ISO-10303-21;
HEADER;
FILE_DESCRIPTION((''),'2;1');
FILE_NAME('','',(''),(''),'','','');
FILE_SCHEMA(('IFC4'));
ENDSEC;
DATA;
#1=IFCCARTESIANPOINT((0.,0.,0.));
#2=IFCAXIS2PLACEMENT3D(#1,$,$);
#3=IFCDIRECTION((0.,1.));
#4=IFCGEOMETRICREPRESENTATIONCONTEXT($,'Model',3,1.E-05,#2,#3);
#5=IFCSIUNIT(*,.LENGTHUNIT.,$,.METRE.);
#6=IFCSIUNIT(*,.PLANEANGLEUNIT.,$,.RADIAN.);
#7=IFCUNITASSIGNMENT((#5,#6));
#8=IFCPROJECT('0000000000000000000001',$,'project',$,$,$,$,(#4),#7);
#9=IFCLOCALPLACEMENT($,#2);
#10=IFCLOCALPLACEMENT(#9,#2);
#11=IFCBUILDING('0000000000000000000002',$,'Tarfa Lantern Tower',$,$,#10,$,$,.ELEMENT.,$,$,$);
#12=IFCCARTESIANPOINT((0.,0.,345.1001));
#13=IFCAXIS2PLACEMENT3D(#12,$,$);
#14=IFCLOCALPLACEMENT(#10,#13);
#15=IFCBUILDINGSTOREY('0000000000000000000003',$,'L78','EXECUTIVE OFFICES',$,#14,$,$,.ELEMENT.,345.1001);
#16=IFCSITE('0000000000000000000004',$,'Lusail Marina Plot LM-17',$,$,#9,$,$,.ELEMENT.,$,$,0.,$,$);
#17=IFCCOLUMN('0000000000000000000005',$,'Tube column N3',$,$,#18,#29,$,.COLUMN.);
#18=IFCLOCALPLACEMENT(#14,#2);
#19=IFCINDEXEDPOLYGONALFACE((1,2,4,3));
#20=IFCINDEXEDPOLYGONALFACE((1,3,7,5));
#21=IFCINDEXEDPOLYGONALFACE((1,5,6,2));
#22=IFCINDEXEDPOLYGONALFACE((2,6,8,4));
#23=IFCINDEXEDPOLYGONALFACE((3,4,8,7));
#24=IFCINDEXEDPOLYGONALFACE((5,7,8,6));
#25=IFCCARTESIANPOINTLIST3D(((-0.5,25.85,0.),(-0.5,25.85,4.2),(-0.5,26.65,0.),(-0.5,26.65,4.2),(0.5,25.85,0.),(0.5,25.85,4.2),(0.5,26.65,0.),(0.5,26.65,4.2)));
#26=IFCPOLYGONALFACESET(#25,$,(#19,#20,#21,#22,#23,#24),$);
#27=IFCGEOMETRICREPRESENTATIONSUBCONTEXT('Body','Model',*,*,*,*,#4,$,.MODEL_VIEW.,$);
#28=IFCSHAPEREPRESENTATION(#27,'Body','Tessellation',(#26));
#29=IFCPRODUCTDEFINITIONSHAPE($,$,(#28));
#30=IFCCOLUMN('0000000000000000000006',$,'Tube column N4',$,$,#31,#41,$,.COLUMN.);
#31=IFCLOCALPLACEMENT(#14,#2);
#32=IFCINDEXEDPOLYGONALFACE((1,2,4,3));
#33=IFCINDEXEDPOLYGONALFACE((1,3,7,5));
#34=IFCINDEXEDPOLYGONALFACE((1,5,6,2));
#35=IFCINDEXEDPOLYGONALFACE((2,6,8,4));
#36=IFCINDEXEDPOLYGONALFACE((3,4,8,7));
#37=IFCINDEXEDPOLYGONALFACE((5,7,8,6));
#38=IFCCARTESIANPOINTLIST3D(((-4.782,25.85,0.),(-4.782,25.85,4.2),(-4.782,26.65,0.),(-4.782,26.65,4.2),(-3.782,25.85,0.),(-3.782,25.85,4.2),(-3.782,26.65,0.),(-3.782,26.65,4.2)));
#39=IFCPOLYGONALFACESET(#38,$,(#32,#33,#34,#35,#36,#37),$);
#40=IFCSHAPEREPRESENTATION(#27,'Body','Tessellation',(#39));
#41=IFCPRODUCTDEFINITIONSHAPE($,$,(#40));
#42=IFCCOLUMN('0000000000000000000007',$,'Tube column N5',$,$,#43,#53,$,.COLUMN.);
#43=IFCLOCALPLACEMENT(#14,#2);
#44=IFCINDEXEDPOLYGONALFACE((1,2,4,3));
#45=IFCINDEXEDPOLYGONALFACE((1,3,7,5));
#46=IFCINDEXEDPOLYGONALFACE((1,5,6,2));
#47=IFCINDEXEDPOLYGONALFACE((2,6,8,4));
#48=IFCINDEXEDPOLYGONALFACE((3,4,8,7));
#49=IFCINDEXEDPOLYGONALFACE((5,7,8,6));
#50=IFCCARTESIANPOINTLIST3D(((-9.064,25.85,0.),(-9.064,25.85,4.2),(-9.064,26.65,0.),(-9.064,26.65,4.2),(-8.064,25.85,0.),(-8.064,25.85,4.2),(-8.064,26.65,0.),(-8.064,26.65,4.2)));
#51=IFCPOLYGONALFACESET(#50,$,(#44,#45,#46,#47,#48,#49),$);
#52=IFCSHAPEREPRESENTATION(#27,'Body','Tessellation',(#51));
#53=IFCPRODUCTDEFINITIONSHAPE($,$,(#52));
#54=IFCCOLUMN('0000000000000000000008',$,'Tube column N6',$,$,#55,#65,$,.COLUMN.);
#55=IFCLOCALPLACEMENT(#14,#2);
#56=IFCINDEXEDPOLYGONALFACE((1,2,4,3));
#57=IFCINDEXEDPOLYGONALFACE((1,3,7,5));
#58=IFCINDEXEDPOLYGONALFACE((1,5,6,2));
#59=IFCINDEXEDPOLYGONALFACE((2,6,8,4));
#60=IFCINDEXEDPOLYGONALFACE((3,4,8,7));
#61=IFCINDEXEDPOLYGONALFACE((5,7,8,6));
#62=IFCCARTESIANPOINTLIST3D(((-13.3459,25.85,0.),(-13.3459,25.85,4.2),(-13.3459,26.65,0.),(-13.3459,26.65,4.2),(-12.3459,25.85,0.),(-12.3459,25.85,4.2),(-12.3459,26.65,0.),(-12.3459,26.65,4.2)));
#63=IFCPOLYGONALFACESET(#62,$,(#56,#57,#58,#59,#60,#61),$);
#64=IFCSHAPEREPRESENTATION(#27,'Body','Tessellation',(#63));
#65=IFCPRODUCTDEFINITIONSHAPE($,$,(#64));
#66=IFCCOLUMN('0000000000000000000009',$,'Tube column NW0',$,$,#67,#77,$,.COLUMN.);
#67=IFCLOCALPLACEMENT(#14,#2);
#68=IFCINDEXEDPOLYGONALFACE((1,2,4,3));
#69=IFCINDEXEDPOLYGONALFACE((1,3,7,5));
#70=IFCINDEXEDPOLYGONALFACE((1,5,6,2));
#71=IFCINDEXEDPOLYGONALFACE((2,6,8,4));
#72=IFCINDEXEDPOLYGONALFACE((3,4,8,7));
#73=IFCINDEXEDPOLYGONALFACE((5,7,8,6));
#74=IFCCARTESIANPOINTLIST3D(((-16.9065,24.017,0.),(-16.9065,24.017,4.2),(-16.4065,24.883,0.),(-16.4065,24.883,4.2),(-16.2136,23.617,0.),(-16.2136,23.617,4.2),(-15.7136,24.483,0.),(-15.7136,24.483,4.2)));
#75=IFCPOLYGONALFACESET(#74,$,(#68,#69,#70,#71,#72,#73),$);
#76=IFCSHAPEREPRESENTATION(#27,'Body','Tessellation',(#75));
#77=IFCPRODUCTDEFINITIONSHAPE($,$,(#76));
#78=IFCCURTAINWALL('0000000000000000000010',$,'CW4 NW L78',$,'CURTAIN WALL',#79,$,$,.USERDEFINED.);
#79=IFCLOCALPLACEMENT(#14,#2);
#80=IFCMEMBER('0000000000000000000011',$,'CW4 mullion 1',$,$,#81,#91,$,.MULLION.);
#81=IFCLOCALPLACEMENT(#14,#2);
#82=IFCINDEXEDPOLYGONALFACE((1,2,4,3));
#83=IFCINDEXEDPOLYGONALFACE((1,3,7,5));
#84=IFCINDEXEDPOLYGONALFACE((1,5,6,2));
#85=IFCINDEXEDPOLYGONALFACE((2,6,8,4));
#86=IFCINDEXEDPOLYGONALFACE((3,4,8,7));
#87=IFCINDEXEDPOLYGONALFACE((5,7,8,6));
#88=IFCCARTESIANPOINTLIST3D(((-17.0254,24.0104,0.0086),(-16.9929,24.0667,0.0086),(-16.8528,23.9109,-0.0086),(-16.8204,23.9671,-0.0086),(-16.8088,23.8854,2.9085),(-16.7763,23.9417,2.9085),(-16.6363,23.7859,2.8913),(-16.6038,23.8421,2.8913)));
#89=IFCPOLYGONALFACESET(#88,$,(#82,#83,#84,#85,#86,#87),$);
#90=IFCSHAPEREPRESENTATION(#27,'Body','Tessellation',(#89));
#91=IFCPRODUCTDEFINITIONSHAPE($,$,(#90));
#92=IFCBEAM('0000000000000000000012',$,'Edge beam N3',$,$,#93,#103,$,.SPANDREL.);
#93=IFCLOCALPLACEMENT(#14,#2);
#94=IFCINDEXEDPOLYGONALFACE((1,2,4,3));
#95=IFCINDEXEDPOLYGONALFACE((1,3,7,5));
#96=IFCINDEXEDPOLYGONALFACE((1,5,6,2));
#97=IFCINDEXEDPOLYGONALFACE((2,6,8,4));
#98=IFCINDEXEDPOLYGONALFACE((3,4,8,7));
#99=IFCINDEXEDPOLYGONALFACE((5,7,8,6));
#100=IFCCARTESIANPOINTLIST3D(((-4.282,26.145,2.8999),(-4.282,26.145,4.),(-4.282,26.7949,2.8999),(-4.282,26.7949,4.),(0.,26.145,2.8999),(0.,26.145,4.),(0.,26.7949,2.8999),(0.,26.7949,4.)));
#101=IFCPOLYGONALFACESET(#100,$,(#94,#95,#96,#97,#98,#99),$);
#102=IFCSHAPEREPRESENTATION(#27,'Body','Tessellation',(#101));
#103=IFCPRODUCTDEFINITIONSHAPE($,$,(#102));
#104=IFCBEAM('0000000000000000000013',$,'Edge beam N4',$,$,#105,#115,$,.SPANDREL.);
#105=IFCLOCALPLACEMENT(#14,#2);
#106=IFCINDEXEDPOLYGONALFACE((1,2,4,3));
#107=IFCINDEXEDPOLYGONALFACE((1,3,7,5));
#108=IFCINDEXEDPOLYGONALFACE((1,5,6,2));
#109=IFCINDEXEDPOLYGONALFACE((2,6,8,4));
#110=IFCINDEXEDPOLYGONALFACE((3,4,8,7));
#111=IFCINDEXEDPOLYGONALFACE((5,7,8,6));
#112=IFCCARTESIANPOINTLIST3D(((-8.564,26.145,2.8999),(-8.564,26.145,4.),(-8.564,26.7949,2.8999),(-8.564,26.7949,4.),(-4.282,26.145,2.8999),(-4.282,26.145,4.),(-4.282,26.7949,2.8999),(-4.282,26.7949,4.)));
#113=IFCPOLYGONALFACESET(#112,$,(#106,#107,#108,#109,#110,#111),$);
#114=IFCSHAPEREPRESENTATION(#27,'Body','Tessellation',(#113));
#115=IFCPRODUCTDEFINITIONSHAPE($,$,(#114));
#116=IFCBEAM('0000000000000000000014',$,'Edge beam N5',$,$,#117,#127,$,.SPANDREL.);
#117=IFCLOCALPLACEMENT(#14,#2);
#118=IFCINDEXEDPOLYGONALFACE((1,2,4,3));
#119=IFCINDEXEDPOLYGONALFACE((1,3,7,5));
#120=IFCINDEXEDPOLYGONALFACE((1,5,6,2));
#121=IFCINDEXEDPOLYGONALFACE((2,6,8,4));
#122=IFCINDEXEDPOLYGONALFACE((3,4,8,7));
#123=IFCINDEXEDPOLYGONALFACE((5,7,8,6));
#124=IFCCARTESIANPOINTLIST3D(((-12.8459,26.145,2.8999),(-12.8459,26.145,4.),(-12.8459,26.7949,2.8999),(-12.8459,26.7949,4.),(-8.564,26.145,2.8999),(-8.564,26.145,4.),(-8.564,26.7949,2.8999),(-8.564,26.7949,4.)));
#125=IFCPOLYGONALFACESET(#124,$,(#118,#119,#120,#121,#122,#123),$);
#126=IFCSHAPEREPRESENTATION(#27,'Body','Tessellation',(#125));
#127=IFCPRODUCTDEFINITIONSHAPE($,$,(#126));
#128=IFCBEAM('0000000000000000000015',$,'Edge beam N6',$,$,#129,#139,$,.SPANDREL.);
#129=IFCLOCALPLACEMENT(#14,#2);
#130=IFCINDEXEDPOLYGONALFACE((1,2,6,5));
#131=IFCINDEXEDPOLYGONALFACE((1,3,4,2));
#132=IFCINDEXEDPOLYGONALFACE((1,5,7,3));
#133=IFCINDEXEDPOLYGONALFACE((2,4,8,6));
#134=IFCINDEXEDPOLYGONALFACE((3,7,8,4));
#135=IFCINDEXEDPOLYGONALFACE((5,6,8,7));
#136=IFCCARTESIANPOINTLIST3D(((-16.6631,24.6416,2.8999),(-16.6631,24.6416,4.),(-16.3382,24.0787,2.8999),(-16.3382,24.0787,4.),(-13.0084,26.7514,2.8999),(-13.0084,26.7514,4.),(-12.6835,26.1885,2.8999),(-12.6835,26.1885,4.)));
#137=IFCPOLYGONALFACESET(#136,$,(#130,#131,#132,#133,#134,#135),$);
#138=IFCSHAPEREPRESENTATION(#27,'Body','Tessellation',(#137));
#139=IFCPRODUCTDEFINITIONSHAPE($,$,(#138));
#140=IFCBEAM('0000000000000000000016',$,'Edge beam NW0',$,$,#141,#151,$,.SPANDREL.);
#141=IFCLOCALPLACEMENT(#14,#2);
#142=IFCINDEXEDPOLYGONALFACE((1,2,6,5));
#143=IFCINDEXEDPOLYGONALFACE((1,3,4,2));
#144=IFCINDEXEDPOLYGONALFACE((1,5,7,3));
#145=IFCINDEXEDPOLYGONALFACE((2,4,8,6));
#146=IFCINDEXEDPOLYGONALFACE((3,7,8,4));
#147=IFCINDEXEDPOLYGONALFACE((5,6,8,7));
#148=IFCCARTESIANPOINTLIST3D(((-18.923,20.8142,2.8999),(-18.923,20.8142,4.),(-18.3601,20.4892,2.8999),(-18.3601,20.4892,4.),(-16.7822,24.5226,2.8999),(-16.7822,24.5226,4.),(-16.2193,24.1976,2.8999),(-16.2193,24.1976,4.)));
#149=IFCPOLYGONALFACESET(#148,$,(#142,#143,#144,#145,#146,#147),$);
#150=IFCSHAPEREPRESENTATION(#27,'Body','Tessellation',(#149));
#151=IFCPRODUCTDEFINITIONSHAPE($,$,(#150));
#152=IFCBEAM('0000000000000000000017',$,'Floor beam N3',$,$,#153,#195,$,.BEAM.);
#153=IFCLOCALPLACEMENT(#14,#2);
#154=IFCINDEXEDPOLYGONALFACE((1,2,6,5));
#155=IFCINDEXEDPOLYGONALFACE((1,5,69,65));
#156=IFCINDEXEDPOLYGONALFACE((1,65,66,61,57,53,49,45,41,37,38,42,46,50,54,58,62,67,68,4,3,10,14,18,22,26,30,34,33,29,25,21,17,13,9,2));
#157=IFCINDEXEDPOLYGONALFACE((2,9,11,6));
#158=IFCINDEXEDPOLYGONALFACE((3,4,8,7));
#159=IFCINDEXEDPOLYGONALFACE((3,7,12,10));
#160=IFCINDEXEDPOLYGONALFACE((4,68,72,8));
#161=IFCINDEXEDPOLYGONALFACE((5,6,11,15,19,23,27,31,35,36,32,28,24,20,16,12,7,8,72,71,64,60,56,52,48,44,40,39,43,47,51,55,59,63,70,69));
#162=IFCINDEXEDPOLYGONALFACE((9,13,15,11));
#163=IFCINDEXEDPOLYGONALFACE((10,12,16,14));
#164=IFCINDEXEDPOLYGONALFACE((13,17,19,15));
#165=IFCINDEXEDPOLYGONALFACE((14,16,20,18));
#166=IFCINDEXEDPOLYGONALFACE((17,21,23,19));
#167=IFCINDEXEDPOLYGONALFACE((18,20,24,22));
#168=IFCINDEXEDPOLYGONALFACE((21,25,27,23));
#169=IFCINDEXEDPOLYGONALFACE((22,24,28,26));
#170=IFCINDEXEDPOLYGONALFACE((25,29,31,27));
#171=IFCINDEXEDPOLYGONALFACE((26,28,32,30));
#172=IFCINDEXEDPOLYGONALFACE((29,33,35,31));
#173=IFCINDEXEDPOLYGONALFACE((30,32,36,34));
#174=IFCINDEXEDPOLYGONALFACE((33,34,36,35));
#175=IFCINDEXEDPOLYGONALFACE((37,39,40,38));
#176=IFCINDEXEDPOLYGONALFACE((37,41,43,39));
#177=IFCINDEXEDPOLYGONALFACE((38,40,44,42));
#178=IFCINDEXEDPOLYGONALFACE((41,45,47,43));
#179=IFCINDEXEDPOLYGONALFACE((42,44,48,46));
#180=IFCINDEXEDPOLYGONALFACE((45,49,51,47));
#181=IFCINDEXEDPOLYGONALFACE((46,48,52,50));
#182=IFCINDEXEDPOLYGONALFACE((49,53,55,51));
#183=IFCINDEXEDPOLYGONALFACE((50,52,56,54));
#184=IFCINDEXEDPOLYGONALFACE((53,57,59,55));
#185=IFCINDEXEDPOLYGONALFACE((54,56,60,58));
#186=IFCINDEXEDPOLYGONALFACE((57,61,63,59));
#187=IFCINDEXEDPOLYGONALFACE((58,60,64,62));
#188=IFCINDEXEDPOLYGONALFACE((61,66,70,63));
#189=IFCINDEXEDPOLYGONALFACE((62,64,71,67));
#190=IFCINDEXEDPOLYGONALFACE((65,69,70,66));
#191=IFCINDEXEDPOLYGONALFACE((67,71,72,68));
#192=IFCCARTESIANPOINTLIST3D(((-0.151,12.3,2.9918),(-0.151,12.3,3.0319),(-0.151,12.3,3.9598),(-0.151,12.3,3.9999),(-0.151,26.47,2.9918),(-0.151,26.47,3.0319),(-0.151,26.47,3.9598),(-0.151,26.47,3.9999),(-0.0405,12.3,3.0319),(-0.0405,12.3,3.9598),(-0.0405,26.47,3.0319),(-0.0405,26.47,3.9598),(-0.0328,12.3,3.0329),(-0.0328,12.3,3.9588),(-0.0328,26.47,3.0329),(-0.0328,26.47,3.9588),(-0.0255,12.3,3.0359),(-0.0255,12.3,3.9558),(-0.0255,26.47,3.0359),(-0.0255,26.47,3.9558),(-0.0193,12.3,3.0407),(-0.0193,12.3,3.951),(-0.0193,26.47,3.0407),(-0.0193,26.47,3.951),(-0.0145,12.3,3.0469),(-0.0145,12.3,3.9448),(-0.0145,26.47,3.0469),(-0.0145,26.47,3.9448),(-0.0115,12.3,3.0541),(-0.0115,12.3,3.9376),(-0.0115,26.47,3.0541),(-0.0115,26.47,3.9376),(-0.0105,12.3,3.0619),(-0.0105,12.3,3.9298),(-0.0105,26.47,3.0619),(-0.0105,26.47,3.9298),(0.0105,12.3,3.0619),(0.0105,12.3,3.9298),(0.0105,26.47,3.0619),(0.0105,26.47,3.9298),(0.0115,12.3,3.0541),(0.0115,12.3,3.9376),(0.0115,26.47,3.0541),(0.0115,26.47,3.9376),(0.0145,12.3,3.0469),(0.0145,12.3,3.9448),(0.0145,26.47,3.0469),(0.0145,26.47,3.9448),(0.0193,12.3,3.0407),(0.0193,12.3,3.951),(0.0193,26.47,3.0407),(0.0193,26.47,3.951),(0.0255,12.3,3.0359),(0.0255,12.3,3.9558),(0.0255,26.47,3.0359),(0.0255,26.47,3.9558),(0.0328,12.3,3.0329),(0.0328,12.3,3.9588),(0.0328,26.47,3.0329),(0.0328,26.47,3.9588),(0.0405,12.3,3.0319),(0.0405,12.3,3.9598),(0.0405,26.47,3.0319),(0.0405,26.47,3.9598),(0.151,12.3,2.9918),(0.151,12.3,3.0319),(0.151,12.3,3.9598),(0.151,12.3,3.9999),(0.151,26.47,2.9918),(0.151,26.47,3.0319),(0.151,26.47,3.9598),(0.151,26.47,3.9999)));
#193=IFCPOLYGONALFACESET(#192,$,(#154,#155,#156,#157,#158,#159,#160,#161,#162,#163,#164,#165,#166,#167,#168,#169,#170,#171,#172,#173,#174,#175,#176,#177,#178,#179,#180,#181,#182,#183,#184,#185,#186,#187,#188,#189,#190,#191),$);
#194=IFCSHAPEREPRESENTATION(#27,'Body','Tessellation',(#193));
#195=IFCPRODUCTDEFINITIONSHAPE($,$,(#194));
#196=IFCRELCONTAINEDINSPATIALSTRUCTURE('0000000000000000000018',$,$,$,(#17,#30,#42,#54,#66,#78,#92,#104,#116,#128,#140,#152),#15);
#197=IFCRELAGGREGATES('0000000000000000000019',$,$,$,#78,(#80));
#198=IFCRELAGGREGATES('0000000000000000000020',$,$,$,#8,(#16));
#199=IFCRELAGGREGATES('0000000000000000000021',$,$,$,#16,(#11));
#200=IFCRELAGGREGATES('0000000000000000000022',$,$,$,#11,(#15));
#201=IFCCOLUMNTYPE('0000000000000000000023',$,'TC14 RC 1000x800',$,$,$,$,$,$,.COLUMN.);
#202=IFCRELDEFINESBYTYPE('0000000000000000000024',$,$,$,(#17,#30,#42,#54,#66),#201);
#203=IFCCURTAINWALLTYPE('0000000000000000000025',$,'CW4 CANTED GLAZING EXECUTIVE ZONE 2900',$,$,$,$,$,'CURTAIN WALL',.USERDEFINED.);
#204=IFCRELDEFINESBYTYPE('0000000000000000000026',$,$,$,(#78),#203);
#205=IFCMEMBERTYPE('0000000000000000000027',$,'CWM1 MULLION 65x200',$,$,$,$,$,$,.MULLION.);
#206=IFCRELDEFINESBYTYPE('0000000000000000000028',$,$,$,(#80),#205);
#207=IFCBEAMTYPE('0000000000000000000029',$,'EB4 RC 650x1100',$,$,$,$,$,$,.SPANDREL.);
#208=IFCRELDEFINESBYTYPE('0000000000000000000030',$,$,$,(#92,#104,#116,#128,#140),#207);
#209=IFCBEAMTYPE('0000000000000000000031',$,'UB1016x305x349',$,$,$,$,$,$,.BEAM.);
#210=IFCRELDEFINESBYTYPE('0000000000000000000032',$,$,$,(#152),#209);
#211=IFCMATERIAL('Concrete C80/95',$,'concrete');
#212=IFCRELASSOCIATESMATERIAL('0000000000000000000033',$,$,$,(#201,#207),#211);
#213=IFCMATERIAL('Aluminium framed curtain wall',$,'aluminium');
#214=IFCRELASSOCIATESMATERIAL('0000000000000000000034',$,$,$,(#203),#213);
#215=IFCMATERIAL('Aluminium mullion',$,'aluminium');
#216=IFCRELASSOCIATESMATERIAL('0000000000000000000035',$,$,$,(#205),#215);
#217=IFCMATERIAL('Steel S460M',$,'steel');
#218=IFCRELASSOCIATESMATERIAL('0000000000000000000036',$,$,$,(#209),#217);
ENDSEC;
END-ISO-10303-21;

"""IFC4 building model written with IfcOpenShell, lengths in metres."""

from ifc_helpers import new_model, si_unit, direction, frame, origin, origin_2d, place, context, subcontext, project, spatial, rectangle, i_section, extrude, material, material_profile, profile_set, type_object, element, aggregate, save


model = new_model("IFC4")

# Units and contexts
model_context = context("Model", 3, precision=1e-05, world=origin(), true_north=direction((0.0, 1.0)))
body_context = subcontext(model_context, "Body", "Model", "MODEL_VIEW")
ifc_project = project(units=[si_unit("LENGTHUNIT", "METRE"), si_unit("PLANEANGLEUNIT", "RADIAN")], contexts=[model_context])

# Site, building, storey
site_placement = place(None, origin())
site = spatial("IfcSite", under=ifc_project, at=site_placement, Name="Lusail Marina Plot LM-17", CompositionType="ELEMENT", RefElevation=0.0)
building_placement = place(site_placement, origin())
building = spatial("IfcBuilding", under=site, at=building_placement, Name="Tarfa Lantern Tower", CompositionType="ELEMENT")
storey_placement = place(building_placement, frame((0.0, 0.0, 345.1001)))
storey = spatial("IfcBuildingStorey", under=building, at=storey_placement, Name="L78", Description="EXECUTIVE OFFICES", CompositionType="ELEMENT", Elevation=345.1001)

# Columns
ifc_material_1 = material(Name="Concrete C80/95", Category="concrete")
ifc_material_profile_1 = material_profile(ifc_material_1, rectangle(XDim=1.0, YDim=0.8, at=origin_2d()), Name="RC 1000x800")
ifc_profile_set_1 = profile_set([ifc_material_profile_1], Name="Concrete C80/95")
column_type = type_object("IfcColumnType", Name="TC14 RC 1000x800", PredefinedType="COLUMN", material=ifc_profile_set_1)
for number, where, z_axis, x_axis, name in (
    (1, (0.0, 26.25, 0.0), (0.0, 0.0, 1.0), (-1.0, 0.0, 0.0), "Tube column N3"),
    (2, (-4.282, 26.25, 0.0), (0.0, 0.0, 1.0), (-1.0, 0.0, 0.0), "Tube column N4"),
    (3, (-8.564, 26.25, 0.0), (0.0, 0.0, 1.0), (-1.0, 0.0, 0.0), "Tube column N5"),
    (4, (-12.8459, 26.25, 0.0), (0.0, 0.0, 1.0), (-1.0, 0.0, 0.0), "Tube column N6"),
    (5, (-16.3101, 24.25, 0.0), (0.0, 0.0, 1.0), (-0.5, -0.866025, 0.0), "Tube column NW0"),
):
    element("IfcColumn", number, at=place(storey_placement, frame(where, z_axis=z_axis, x_axis=x_axis)), inside=storey, type_object=column_type, Name=name, PredefinedType="COLUMN", context=body_context, shape_type="SweptSolid", body=[
        extrude(rectangle(XDim=1.0, YDim=0.8, at=origin_2d()), origin(), (0.0, 0.0, 1.0), 4.2),
    ])

# Curtain wall, member
ifc_material_2 = material(Name="Aluminium framed curtain wall", Category="aluminium")
curtain_wall_type = type_object("IfcCurtainWallType", Name="CW4 CANTED GLAZING EXECUTIVE ZONE 2900", ElementType="CURTAIN WALL", PredefinedType="USERDEFINED", material=ifc_material_2)
curtain_wall_placement = place(storey_placement, origin())
curtain_wall = element("IfcCurtainWall", 6, at=curtain_wall_placement, inside=storey, type_object=curtain_wall_type, Name="CW4 NW L78", ObjectType="CURTAIN WALL", PredefinedType="USERDEFINED")
ifc_material_3 = material(Name="Aluminium mullion", Category="aluminium")
ifc_material_profile_2 = material_profile(ifc_material_3, rectangle(XDim=0.0649, YDim=0.2, at=origin_2d()), Name="AL MULLION 65x200")
ifc_profile_set_2 = profile_set([ifc_material_profile_2], Name="Aluminium mullion")
member_type = type_object("IfcMemberType", Name="CWM1 MULLION 65x200", PredefinedType="MULLION", material=ifc_profile_set_2)
member_placement = place(storey_placement, frame((-16.9229, 23.9888, 0.0), z_axis=(0.0744, -0.042946, 0.996303), x_axis=(0.49992, 0.866072, 0.0)))
member = element("IfcMember", 7, at=member_placement, type_object=member_type, Name="CW4 mullion 1", PredefinedType="MULLION", context=body_context, shape_type="SweptSolid", body=[
    extrude(rectangle(XDim=0.0649, YDim=0.2, at=origin_2d()), origin(), (0.0, 0.0, 1.0), 2.9106),
])

# Beams
ifc_material_profile_3 = material_profile(ifc_material_1, rectangle(XDim=0.6499, YDim=1.1001, at=origin_2d()), Name="RC 650x1100")
ifc_profile_set_3 = profile_set([ifc_material_profile_3], Name="Concrete C80/95")
beam_type_1 = type_object("IfcBeamType", Name="EB4 RC 650x1100", PredefinedType="SPANDREL", material=ifc_profile_set_3)
for number, where, z_axis, x_axis, name in (
    (8, (0.0, 26.47, 3.45), (-1.0, 0.0, 0.0), (0.0, -1.0, 0.0), "Edge beam N3"),
    (9, (-4.282, 26.47, 3.45), (-1.0, 0.0, 0.0), (0.0, -1.0, 0.0), "Edge beam N4"),
    (10, (-8.564, 26.47, 3.45), (-1.0, 0.0, 0.0), (0.0, -1.0, 0.0), "Edge beam N5"),
):
    element("IfcBeam", number, at=place(storey_placement, frame(where, z_axis=z_axis, x_axis=x_axis)), inside=storey, type_object=beam_type_1, Name=name, PredefinedType="SPANDREL", context=body_context, shape_type="SweptSolid", body=[
        extrude(rectangle(XDim=0.6499, YDim=1.1001, at=origin_2d()), origin(), (0.0, 0.0, 1.0), 4.282),
    ])
beam_1_placement = place(storey_placement, frame((-12.8459, 26.47, 3.45), z_axis=(-0.866049, -0.499959, 0.0), x_axis=(0.499959, -0.866049, 0.0)))
element("IfcBeam", 11, at=beam_1_placement, inside=storey, type_object=beam_type_1, Name="Edge beam N6", PredefinedType="SPANDREL", context=body_context, shape_type="SweptSolid", body=[
    extrude(rectangle(XDim=0.6499, YDim=1.1001, at=origin_2d()), origin(), (0.0, 0.0, 1.0), 4.22),
])
beam_2_placement = place(storey_placement, frame((-16.5007, 24.3601, 3.45), z_axis=(-0.499959, -0.866049, 0.0), x_axis=(0.866049, -0.499959, 0.0)))
element("IfcBeam", 12, at=beam_2_placement, inside=storey, type_object=beam_type_1, Name="Edge beam NW0", PredefinedType="SPANDREL", context=body_context, shape_type="SweptSolid", body=[
    extrude(rectangle(XDim=0.6499, YDim=1.1001, at=origin_2d()), origin(), (0.0, 0.0, 1.0), 4.282),
])
ifc_material_4 = material(Name="Steel S460M", Category="steel")
ifc_material_profile_4 = material_profile(ifc_material_4, i_section(OverallWidth=0.302, OverallDepth=1.0081, WebThickness=0.021, FlangeThickness=0.04, FilletRadius=0.03, at=origin_2d()), Name="UB1016x305x349")
ifc_profile_set_4 = profile_set([ifc_material_profile_4], Name="Steel S460M")
beam_type_2 = type_object("IfcBeamType", Name="UB1016x305x349", PredefinedType="BEAM", material=ifc_profile_set_4)
for number, where, z_axis, x_axis, name in (
    (13, (0.0, 26.47, 3.4958), (0.0, -1.0, 0.0), (1.0, 0.0, 0.0), "Floor beam N3"),
):
    element("IfcBeam", number, at=place(storey_placement, frame(where, z_axis=z_axis, x_axis=x_axis)), inside=storey, type_object=beam_type_2, Name=name, PredefinedType="BEAM", context=body_context, shape_type="SweptSolid", body=[
        extrude(i_section(OverallWidth=0.302, OverallDepth=1.0081, WebThickness=0.021, FlangeThickness=0.04, FilletRadius=0.03, at=origin_2d()), origin(), (0.0, 0.0, 1.0), 14.1699),
    ])

aggregate(curtain_wall, [member])

save(model, "model.ifc")
